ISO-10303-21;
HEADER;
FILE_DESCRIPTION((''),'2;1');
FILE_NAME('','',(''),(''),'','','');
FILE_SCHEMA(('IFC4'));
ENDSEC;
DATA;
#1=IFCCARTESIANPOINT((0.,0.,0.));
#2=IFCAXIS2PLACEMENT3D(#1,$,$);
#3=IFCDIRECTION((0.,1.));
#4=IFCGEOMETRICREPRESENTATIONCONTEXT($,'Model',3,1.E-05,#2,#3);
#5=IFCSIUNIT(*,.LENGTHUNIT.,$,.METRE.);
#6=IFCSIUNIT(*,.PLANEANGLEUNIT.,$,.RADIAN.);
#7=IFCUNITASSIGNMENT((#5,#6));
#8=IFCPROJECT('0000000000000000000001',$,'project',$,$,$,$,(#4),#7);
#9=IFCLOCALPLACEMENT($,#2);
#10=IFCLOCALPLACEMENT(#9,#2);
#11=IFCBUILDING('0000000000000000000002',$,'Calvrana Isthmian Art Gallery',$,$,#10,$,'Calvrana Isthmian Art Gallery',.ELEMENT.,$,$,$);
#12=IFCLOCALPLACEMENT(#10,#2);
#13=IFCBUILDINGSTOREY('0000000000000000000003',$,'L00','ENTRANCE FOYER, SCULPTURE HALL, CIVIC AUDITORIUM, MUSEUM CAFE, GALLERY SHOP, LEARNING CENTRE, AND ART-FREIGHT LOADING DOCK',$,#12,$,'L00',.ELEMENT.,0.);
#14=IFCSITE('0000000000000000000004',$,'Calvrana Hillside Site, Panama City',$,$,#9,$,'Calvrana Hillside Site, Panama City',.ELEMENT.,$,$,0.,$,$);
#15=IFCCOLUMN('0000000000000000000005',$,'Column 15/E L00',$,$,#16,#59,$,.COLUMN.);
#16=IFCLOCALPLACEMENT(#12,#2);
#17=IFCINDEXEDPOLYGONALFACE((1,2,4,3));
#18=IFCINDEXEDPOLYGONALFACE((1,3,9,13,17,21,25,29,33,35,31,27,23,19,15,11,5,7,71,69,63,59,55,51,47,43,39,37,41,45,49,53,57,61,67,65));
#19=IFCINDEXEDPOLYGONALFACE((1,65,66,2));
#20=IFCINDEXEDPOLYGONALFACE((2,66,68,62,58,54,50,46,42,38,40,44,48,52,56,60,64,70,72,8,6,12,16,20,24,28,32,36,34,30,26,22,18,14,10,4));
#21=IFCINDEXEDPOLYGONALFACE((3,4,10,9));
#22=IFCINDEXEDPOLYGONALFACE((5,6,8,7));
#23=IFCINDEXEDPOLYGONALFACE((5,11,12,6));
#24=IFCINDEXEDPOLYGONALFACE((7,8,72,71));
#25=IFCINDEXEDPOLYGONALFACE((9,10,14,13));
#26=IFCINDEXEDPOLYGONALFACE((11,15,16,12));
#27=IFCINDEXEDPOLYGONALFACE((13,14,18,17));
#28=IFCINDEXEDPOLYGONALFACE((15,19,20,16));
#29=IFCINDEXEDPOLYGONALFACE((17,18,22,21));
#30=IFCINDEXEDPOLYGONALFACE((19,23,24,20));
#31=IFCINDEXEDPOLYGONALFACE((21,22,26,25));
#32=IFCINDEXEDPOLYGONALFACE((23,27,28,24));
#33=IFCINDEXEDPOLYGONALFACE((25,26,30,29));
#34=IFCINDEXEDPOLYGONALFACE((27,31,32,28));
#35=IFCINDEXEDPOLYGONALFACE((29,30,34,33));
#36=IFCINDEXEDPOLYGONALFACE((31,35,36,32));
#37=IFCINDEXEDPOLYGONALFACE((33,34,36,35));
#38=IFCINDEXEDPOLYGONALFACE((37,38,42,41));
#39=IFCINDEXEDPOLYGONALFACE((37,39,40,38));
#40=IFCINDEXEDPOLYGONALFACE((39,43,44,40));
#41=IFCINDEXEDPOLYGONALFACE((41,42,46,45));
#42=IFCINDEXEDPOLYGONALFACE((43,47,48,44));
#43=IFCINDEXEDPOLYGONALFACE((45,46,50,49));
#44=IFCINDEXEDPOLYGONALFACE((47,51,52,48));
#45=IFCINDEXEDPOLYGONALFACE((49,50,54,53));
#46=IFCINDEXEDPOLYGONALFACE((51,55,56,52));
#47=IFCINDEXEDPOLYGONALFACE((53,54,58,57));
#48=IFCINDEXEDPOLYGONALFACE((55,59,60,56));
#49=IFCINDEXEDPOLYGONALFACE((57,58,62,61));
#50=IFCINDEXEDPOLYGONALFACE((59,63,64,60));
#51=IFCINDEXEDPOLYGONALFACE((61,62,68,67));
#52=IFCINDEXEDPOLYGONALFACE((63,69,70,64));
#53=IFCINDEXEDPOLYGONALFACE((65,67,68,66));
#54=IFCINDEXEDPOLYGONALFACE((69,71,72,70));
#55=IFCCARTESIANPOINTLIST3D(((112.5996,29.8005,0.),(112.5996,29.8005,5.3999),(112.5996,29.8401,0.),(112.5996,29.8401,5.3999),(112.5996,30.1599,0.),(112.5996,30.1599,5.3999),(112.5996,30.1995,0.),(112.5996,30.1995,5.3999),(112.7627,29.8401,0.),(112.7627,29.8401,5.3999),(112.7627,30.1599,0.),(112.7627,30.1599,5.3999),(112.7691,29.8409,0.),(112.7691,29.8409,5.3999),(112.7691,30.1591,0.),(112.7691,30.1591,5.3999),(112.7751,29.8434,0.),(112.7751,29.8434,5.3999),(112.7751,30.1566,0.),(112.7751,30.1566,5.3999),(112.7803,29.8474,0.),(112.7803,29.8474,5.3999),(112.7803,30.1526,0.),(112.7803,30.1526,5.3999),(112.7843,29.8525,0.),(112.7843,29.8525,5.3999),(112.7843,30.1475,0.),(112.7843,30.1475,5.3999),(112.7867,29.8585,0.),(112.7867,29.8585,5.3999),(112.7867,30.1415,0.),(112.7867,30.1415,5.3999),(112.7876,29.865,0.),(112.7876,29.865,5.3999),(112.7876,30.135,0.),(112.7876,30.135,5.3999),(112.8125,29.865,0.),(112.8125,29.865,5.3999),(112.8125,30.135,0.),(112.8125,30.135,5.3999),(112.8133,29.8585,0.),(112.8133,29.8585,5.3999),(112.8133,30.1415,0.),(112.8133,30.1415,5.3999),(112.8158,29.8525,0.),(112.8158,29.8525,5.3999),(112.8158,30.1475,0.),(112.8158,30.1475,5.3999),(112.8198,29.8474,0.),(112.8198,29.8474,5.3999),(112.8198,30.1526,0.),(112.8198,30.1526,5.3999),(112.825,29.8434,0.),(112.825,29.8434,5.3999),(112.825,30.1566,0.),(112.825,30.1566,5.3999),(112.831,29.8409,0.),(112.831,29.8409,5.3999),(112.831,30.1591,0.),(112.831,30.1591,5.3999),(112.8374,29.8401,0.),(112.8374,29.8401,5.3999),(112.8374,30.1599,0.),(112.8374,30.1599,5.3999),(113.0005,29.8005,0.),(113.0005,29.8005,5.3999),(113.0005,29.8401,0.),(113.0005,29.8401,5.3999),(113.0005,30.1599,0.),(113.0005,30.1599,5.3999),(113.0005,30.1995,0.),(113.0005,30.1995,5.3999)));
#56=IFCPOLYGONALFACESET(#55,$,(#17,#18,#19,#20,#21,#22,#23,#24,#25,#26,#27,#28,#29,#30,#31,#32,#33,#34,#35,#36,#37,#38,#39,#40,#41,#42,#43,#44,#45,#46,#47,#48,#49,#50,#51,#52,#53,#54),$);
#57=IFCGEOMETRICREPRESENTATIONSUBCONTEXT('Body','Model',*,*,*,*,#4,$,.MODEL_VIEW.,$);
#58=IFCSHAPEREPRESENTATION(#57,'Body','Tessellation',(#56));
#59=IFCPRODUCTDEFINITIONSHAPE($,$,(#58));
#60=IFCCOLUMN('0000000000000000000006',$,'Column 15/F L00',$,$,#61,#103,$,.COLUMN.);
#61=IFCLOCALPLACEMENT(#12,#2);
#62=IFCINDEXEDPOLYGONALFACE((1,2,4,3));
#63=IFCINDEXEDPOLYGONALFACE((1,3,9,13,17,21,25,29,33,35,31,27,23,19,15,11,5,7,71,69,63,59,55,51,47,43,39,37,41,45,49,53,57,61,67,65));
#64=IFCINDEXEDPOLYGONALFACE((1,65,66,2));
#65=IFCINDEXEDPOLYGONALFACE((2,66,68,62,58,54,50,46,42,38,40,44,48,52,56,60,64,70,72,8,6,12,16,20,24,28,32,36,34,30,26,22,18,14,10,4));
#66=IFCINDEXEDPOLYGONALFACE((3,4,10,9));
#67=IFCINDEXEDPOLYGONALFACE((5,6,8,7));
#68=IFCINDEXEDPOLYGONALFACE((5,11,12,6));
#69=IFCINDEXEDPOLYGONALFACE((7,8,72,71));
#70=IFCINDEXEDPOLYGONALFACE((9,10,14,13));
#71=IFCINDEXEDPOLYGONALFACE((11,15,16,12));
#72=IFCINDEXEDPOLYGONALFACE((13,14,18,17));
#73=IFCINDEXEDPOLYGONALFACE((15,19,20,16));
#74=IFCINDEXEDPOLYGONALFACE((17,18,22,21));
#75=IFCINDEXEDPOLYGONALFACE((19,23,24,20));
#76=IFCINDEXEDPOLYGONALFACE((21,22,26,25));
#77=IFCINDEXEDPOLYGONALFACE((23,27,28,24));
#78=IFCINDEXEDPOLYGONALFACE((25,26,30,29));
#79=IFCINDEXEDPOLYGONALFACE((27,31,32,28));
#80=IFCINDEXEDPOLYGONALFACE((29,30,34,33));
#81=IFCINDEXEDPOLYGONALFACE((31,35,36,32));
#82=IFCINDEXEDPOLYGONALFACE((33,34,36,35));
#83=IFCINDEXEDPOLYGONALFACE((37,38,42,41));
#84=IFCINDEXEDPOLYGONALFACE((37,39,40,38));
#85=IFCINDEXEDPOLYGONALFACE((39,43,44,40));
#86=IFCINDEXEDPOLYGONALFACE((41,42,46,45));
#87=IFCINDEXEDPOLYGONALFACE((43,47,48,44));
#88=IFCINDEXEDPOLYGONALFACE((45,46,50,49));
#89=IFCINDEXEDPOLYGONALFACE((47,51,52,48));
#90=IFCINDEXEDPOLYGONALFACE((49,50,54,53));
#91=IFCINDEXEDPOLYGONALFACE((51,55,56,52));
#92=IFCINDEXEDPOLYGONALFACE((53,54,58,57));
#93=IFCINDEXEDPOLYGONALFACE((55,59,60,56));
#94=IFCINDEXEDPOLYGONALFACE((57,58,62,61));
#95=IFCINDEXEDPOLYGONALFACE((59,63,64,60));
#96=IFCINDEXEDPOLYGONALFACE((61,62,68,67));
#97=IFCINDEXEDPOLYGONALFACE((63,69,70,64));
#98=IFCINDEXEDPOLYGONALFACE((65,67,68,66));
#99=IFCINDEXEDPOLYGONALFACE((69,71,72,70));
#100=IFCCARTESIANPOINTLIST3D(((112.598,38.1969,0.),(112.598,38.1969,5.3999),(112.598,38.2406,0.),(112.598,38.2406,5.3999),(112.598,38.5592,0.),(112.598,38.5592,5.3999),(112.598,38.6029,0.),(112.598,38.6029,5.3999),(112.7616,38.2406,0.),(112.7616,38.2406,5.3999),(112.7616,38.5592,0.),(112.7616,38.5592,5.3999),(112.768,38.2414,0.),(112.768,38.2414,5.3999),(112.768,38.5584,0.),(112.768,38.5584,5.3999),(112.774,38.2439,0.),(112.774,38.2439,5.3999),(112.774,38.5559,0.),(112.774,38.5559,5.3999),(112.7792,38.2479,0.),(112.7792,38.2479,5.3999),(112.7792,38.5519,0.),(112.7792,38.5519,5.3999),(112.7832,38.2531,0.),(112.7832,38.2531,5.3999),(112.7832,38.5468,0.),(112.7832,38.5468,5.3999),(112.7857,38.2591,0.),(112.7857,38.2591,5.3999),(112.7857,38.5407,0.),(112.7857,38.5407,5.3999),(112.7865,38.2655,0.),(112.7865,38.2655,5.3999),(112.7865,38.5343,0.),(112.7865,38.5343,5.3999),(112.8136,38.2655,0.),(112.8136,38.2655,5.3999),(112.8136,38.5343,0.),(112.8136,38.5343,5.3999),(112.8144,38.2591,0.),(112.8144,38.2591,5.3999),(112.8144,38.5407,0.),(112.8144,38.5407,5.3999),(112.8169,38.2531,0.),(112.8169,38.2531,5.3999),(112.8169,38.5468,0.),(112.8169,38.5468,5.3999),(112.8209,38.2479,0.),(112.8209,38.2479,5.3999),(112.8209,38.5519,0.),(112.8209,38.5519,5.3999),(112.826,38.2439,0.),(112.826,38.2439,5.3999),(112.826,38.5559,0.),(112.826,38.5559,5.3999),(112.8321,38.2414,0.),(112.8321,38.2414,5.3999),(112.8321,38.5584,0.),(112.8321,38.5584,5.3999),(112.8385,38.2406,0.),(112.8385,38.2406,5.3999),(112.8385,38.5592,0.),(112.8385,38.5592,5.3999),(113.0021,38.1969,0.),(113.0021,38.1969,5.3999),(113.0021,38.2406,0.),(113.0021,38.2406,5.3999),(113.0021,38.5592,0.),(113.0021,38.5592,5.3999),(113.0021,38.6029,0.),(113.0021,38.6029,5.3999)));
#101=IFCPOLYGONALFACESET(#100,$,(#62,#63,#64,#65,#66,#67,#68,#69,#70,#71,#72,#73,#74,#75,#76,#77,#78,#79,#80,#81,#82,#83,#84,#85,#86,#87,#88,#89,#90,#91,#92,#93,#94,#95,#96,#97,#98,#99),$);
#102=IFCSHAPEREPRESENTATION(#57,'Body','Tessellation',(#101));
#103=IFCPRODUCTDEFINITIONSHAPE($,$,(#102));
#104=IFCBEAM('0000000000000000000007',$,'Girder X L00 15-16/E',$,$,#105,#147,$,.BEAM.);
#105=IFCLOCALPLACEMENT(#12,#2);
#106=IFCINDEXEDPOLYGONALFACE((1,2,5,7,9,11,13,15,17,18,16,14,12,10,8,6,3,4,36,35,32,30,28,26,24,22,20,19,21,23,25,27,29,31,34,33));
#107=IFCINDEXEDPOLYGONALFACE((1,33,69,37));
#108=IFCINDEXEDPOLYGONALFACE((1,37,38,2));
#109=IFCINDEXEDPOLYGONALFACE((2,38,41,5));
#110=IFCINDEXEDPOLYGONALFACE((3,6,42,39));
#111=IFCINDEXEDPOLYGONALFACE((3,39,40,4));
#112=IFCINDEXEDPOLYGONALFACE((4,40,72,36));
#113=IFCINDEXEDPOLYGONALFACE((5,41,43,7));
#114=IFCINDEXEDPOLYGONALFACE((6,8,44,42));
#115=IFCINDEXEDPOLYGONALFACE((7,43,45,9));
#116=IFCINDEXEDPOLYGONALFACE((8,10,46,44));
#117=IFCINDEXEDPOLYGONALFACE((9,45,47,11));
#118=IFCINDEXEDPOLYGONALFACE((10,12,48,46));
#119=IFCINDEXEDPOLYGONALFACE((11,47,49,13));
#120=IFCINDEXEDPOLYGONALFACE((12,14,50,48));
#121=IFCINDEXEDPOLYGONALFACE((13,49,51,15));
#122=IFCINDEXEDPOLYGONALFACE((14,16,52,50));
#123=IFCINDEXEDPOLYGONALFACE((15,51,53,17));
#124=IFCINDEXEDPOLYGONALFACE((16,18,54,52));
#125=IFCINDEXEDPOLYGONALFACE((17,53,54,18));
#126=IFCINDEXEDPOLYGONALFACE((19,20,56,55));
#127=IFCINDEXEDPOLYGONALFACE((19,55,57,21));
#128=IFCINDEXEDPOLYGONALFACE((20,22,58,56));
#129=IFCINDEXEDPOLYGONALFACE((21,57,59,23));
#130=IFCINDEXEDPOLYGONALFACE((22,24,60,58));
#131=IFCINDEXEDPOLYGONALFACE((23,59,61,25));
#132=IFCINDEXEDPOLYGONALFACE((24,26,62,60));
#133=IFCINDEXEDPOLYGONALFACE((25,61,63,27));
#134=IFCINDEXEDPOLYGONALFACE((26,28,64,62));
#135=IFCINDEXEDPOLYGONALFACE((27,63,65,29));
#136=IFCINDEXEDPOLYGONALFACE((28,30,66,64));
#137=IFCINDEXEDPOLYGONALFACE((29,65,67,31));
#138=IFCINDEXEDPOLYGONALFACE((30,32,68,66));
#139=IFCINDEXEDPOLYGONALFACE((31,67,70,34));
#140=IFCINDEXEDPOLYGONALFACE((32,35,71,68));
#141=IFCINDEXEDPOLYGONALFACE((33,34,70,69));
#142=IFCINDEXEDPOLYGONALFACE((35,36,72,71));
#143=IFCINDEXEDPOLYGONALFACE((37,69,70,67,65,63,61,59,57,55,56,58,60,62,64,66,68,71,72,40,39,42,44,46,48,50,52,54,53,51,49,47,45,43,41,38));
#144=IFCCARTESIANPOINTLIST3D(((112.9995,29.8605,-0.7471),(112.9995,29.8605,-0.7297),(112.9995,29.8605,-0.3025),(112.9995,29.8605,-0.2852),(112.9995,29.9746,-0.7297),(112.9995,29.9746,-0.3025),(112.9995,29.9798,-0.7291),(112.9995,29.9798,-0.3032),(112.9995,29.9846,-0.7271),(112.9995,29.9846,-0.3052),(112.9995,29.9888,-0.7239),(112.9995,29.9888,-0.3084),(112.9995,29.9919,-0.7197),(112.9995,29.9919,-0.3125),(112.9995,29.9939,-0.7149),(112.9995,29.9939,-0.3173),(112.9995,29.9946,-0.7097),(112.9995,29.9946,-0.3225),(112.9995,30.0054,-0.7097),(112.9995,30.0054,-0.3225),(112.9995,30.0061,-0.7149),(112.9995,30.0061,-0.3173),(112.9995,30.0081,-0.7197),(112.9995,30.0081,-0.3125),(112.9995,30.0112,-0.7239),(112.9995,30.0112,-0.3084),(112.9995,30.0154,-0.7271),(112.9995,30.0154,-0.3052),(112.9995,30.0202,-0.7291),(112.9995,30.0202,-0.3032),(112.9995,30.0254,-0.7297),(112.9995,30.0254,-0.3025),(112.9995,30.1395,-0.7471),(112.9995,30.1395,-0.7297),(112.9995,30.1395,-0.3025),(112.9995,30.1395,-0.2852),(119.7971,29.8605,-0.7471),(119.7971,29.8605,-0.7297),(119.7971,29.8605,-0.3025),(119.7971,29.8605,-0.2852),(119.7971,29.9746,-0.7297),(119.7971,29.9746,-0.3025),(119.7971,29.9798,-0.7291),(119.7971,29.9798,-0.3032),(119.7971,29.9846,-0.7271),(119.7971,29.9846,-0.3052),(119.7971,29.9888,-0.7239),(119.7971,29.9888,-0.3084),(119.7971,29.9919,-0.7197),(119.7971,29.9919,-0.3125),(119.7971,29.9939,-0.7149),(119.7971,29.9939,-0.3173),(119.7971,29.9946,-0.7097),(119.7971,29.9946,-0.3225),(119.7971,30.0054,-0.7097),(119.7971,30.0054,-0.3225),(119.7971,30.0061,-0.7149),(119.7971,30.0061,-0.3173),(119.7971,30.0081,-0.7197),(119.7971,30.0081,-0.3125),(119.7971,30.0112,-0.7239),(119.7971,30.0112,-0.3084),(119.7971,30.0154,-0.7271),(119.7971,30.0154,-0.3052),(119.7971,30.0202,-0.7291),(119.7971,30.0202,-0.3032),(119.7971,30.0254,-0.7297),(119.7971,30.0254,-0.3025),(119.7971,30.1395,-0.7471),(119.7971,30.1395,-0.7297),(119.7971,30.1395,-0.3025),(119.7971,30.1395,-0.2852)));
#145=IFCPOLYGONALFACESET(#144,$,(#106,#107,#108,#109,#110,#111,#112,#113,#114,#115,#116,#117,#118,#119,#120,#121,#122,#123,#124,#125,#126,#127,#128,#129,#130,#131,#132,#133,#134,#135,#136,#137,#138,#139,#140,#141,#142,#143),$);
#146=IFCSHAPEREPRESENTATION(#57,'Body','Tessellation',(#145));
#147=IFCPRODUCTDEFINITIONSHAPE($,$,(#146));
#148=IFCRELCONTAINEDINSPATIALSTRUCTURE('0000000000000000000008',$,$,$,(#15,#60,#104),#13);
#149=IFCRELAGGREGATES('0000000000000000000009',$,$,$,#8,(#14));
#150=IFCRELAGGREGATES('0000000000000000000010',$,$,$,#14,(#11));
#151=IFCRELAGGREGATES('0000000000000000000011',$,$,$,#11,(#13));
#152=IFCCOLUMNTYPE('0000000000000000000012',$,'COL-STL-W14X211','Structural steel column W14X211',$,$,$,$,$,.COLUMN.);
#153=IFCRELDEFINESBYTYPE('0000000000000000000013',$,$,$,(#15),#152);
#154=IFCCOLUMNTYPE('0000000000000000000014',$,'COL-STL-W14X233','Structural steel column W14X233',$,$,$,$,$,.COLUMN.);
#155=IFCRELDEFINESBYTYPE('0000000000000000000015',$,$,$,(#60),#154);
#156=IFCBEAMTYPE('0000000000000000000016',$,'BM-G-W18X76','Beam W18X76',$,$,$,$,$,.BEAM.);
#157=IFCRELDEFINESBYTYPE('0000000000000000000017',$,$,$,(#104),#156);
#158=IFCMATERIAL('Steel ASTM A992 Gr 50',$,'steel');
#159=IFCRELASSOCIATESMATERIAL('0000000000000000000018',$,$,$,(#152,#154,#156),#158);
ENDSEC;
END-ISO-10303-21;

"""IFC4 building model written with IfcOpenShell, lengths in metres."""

from ifc_helpers import new_model, si_unit, direction, frame, origin, origin_2d, place, context, subcontext, project, spatial, i_section, extrude, material, material_profile, profile_set, type_object, element, save


model = new_model("IFC4")

# Units and contexts
model_context = context("Model", 3, precision=1e-05, world=origin(), true_north=direction((0.0, 1.0)))
body_context = subcontext(model_context, "Body", "Model", "MODEL_VIEW")
ifc_project = project(units=[si_unit("LENGTHUNIT", "METRE"), si_unit("PLANEANGLEUNIT", "RADIAN")], contexts=[model_context])

# Site, building, storey
site_placement = place(None, origin())
site = spatial("IfcSite", under=ifc_project, at=site_placement, Name="Calvrana Hillside Site, Panama City", LongName="Calvrana Hillside Site, Panama City", CompositionType="ELEMENT", RefElevation=0.0)
building_placement = place(site_placement, origin())
building = spatial("IfcBuilding", under=site, at=building_placement, Name="Calvrana Isthmian Art Gallery", LongName="Calvrana Isthmian Art Gallery", CompositionType="ELEMENT")
storey_placement = place(building_placement, origin())
storey = spatial("IfcBuildingStorey", under=building, at=storey_placement, Name="L00", Description="ENTRANCE FOYER, SCULPTURE HALL, CIVIC AUDITORIUM, MUSEUM CAFE, GALLERY SHOP, LEARNING CENTRE, AND ART-FREIGHT LOADING DOCK", LongName="L00", CompositionType="ELEMENT", Elevation=0.0)

# Columns
ifc_material_1 = material(Name="Steel ASTM A992 Gr 50", Category="steel")
ifc_material_profile_1 = material_profile(ifc_material_1, i_section(OverallWidth=0.4009, OverallDepth=0.3989, WebThickness=0.0249, FlangeThickness=0.0396, FilletRadius=0.0249, at=origin_2d()), Name="W14X211")
ifc_profile_set_1 = profile_set([ifc_material_profile_1], Name="Steel ASTM A992 Gr 50")
column_type_1 = type_object("IfcColumnType", Name="COL-STL-W14X211", Description="Structural steel column W14X211", PredefinedType="COLUMN", material=ifc_profile_set_1)
column_1_placement = place(storey_placement, frame((112.8, 30.0, 0.0), z_axis=(0.0, 0.0, 1.0), x_axis=(1.0, 0.0, 0.0)))
element("IfcColumn", 1, at=column_1_placement, inside=storey, type_object=column_type_1, Name="Column 15/E L00", PredefinedType="COLUMN", context=body_context, shape_type="SweptSolid", body=[
    extrude(i_section(OverallWidth=0.4009, OverallDepth=0.3989, WebThickness=0.0249, FlangeThickness=0.0396, FilletRadius=0.0249, at=origin_2d()), origin(), (0.0, 0.0, 1.0), 5.3999),
])
ifc_material_profile_2 = material_profile(ifc_material_1, i_section(OverallWidth=0.4041, OverallDepth=0.406, WebThickness=0.0271, FlangeThickness=0.0437, FilletRadius=0.0249, at=origin_2d()), Name="W14X233")
ifc_profile_set_2 = profile_set([ifc_material_profile_2], Name="Steel ASTM A992 Gr 50")
column_type_2 = type_object("IfcColumnType", Name="COL-STL-W14X233", Description="Structural steel column W14X233", PredefinedType="COLUMN", material=ifc_profile_set_2)
column_2_placement = place(storey_placement, frame((112.8, 38.3999, 0.0), z_axis=(0.0, 0.0, 1.0), x_axis=(1.0, 0.0, 0.0)))
element("IfcColumn", 2, at=column_2_placement, inside=storey, type_object=column_type_2, Name="Column 15/F L00", PredefinedType="COLUMN", context=body_context, shape_type="SweptSolid", body=[
    extrude(i_section(OverallWidth=0.4041, OverallDepth=0.406, WebThickness=0.0271, FlangeThickness=0.0437, FilletRadius=0.0249, at=origin_2d()), origin(), (0.0, 0.0, 1.0), 5.3999),
])

# Beam
ifc_material_profile_3 = material_profile(ifc_material_1, i_section(OverallWidth=0.2791, OverallDepth=0.4619, WebThickness=0.0107, FlangeThickness=0.0173, FilletRadius=0.02, at=origin_2d()), Name="W18X76")
ifc_profile_set_3 = profile_set([ifc_material_profile_3], Name="Steel ASTM A992 Gr 50")
beam_type_1 = type_object("IfcBeamType", Name="BM-G-W18X76", Description="Beam W18X76", PredefinedType="BEAM", material=ifc_profile_set_3)
beam_1_placement = place(storey_placement, frame((112.9995, 30.0, -0.5161), z_axis=(1.0, 0.0, 0.0), x_axis=(0.0, 1.0, 0.0)))
element("IfcBeam", 3, at=beam_1_placement, inside=storey, type_object=beam_type_1, Name="Girder X L00 15-16/E", PredefinedType="BEAM", context=body_context, shape_type="SweptSolid", body=[
    extrude(i_section(OverallWidth=0.2791, OverallDepth=0.4619, WebThickness=0.0107, FlangeThickness=0.0173, FilletRadius=0.02, at=origin_2d()), origin(), (0.0, 0.0, 1.0), 6.7976),
])

save(model, "model.ifc")
